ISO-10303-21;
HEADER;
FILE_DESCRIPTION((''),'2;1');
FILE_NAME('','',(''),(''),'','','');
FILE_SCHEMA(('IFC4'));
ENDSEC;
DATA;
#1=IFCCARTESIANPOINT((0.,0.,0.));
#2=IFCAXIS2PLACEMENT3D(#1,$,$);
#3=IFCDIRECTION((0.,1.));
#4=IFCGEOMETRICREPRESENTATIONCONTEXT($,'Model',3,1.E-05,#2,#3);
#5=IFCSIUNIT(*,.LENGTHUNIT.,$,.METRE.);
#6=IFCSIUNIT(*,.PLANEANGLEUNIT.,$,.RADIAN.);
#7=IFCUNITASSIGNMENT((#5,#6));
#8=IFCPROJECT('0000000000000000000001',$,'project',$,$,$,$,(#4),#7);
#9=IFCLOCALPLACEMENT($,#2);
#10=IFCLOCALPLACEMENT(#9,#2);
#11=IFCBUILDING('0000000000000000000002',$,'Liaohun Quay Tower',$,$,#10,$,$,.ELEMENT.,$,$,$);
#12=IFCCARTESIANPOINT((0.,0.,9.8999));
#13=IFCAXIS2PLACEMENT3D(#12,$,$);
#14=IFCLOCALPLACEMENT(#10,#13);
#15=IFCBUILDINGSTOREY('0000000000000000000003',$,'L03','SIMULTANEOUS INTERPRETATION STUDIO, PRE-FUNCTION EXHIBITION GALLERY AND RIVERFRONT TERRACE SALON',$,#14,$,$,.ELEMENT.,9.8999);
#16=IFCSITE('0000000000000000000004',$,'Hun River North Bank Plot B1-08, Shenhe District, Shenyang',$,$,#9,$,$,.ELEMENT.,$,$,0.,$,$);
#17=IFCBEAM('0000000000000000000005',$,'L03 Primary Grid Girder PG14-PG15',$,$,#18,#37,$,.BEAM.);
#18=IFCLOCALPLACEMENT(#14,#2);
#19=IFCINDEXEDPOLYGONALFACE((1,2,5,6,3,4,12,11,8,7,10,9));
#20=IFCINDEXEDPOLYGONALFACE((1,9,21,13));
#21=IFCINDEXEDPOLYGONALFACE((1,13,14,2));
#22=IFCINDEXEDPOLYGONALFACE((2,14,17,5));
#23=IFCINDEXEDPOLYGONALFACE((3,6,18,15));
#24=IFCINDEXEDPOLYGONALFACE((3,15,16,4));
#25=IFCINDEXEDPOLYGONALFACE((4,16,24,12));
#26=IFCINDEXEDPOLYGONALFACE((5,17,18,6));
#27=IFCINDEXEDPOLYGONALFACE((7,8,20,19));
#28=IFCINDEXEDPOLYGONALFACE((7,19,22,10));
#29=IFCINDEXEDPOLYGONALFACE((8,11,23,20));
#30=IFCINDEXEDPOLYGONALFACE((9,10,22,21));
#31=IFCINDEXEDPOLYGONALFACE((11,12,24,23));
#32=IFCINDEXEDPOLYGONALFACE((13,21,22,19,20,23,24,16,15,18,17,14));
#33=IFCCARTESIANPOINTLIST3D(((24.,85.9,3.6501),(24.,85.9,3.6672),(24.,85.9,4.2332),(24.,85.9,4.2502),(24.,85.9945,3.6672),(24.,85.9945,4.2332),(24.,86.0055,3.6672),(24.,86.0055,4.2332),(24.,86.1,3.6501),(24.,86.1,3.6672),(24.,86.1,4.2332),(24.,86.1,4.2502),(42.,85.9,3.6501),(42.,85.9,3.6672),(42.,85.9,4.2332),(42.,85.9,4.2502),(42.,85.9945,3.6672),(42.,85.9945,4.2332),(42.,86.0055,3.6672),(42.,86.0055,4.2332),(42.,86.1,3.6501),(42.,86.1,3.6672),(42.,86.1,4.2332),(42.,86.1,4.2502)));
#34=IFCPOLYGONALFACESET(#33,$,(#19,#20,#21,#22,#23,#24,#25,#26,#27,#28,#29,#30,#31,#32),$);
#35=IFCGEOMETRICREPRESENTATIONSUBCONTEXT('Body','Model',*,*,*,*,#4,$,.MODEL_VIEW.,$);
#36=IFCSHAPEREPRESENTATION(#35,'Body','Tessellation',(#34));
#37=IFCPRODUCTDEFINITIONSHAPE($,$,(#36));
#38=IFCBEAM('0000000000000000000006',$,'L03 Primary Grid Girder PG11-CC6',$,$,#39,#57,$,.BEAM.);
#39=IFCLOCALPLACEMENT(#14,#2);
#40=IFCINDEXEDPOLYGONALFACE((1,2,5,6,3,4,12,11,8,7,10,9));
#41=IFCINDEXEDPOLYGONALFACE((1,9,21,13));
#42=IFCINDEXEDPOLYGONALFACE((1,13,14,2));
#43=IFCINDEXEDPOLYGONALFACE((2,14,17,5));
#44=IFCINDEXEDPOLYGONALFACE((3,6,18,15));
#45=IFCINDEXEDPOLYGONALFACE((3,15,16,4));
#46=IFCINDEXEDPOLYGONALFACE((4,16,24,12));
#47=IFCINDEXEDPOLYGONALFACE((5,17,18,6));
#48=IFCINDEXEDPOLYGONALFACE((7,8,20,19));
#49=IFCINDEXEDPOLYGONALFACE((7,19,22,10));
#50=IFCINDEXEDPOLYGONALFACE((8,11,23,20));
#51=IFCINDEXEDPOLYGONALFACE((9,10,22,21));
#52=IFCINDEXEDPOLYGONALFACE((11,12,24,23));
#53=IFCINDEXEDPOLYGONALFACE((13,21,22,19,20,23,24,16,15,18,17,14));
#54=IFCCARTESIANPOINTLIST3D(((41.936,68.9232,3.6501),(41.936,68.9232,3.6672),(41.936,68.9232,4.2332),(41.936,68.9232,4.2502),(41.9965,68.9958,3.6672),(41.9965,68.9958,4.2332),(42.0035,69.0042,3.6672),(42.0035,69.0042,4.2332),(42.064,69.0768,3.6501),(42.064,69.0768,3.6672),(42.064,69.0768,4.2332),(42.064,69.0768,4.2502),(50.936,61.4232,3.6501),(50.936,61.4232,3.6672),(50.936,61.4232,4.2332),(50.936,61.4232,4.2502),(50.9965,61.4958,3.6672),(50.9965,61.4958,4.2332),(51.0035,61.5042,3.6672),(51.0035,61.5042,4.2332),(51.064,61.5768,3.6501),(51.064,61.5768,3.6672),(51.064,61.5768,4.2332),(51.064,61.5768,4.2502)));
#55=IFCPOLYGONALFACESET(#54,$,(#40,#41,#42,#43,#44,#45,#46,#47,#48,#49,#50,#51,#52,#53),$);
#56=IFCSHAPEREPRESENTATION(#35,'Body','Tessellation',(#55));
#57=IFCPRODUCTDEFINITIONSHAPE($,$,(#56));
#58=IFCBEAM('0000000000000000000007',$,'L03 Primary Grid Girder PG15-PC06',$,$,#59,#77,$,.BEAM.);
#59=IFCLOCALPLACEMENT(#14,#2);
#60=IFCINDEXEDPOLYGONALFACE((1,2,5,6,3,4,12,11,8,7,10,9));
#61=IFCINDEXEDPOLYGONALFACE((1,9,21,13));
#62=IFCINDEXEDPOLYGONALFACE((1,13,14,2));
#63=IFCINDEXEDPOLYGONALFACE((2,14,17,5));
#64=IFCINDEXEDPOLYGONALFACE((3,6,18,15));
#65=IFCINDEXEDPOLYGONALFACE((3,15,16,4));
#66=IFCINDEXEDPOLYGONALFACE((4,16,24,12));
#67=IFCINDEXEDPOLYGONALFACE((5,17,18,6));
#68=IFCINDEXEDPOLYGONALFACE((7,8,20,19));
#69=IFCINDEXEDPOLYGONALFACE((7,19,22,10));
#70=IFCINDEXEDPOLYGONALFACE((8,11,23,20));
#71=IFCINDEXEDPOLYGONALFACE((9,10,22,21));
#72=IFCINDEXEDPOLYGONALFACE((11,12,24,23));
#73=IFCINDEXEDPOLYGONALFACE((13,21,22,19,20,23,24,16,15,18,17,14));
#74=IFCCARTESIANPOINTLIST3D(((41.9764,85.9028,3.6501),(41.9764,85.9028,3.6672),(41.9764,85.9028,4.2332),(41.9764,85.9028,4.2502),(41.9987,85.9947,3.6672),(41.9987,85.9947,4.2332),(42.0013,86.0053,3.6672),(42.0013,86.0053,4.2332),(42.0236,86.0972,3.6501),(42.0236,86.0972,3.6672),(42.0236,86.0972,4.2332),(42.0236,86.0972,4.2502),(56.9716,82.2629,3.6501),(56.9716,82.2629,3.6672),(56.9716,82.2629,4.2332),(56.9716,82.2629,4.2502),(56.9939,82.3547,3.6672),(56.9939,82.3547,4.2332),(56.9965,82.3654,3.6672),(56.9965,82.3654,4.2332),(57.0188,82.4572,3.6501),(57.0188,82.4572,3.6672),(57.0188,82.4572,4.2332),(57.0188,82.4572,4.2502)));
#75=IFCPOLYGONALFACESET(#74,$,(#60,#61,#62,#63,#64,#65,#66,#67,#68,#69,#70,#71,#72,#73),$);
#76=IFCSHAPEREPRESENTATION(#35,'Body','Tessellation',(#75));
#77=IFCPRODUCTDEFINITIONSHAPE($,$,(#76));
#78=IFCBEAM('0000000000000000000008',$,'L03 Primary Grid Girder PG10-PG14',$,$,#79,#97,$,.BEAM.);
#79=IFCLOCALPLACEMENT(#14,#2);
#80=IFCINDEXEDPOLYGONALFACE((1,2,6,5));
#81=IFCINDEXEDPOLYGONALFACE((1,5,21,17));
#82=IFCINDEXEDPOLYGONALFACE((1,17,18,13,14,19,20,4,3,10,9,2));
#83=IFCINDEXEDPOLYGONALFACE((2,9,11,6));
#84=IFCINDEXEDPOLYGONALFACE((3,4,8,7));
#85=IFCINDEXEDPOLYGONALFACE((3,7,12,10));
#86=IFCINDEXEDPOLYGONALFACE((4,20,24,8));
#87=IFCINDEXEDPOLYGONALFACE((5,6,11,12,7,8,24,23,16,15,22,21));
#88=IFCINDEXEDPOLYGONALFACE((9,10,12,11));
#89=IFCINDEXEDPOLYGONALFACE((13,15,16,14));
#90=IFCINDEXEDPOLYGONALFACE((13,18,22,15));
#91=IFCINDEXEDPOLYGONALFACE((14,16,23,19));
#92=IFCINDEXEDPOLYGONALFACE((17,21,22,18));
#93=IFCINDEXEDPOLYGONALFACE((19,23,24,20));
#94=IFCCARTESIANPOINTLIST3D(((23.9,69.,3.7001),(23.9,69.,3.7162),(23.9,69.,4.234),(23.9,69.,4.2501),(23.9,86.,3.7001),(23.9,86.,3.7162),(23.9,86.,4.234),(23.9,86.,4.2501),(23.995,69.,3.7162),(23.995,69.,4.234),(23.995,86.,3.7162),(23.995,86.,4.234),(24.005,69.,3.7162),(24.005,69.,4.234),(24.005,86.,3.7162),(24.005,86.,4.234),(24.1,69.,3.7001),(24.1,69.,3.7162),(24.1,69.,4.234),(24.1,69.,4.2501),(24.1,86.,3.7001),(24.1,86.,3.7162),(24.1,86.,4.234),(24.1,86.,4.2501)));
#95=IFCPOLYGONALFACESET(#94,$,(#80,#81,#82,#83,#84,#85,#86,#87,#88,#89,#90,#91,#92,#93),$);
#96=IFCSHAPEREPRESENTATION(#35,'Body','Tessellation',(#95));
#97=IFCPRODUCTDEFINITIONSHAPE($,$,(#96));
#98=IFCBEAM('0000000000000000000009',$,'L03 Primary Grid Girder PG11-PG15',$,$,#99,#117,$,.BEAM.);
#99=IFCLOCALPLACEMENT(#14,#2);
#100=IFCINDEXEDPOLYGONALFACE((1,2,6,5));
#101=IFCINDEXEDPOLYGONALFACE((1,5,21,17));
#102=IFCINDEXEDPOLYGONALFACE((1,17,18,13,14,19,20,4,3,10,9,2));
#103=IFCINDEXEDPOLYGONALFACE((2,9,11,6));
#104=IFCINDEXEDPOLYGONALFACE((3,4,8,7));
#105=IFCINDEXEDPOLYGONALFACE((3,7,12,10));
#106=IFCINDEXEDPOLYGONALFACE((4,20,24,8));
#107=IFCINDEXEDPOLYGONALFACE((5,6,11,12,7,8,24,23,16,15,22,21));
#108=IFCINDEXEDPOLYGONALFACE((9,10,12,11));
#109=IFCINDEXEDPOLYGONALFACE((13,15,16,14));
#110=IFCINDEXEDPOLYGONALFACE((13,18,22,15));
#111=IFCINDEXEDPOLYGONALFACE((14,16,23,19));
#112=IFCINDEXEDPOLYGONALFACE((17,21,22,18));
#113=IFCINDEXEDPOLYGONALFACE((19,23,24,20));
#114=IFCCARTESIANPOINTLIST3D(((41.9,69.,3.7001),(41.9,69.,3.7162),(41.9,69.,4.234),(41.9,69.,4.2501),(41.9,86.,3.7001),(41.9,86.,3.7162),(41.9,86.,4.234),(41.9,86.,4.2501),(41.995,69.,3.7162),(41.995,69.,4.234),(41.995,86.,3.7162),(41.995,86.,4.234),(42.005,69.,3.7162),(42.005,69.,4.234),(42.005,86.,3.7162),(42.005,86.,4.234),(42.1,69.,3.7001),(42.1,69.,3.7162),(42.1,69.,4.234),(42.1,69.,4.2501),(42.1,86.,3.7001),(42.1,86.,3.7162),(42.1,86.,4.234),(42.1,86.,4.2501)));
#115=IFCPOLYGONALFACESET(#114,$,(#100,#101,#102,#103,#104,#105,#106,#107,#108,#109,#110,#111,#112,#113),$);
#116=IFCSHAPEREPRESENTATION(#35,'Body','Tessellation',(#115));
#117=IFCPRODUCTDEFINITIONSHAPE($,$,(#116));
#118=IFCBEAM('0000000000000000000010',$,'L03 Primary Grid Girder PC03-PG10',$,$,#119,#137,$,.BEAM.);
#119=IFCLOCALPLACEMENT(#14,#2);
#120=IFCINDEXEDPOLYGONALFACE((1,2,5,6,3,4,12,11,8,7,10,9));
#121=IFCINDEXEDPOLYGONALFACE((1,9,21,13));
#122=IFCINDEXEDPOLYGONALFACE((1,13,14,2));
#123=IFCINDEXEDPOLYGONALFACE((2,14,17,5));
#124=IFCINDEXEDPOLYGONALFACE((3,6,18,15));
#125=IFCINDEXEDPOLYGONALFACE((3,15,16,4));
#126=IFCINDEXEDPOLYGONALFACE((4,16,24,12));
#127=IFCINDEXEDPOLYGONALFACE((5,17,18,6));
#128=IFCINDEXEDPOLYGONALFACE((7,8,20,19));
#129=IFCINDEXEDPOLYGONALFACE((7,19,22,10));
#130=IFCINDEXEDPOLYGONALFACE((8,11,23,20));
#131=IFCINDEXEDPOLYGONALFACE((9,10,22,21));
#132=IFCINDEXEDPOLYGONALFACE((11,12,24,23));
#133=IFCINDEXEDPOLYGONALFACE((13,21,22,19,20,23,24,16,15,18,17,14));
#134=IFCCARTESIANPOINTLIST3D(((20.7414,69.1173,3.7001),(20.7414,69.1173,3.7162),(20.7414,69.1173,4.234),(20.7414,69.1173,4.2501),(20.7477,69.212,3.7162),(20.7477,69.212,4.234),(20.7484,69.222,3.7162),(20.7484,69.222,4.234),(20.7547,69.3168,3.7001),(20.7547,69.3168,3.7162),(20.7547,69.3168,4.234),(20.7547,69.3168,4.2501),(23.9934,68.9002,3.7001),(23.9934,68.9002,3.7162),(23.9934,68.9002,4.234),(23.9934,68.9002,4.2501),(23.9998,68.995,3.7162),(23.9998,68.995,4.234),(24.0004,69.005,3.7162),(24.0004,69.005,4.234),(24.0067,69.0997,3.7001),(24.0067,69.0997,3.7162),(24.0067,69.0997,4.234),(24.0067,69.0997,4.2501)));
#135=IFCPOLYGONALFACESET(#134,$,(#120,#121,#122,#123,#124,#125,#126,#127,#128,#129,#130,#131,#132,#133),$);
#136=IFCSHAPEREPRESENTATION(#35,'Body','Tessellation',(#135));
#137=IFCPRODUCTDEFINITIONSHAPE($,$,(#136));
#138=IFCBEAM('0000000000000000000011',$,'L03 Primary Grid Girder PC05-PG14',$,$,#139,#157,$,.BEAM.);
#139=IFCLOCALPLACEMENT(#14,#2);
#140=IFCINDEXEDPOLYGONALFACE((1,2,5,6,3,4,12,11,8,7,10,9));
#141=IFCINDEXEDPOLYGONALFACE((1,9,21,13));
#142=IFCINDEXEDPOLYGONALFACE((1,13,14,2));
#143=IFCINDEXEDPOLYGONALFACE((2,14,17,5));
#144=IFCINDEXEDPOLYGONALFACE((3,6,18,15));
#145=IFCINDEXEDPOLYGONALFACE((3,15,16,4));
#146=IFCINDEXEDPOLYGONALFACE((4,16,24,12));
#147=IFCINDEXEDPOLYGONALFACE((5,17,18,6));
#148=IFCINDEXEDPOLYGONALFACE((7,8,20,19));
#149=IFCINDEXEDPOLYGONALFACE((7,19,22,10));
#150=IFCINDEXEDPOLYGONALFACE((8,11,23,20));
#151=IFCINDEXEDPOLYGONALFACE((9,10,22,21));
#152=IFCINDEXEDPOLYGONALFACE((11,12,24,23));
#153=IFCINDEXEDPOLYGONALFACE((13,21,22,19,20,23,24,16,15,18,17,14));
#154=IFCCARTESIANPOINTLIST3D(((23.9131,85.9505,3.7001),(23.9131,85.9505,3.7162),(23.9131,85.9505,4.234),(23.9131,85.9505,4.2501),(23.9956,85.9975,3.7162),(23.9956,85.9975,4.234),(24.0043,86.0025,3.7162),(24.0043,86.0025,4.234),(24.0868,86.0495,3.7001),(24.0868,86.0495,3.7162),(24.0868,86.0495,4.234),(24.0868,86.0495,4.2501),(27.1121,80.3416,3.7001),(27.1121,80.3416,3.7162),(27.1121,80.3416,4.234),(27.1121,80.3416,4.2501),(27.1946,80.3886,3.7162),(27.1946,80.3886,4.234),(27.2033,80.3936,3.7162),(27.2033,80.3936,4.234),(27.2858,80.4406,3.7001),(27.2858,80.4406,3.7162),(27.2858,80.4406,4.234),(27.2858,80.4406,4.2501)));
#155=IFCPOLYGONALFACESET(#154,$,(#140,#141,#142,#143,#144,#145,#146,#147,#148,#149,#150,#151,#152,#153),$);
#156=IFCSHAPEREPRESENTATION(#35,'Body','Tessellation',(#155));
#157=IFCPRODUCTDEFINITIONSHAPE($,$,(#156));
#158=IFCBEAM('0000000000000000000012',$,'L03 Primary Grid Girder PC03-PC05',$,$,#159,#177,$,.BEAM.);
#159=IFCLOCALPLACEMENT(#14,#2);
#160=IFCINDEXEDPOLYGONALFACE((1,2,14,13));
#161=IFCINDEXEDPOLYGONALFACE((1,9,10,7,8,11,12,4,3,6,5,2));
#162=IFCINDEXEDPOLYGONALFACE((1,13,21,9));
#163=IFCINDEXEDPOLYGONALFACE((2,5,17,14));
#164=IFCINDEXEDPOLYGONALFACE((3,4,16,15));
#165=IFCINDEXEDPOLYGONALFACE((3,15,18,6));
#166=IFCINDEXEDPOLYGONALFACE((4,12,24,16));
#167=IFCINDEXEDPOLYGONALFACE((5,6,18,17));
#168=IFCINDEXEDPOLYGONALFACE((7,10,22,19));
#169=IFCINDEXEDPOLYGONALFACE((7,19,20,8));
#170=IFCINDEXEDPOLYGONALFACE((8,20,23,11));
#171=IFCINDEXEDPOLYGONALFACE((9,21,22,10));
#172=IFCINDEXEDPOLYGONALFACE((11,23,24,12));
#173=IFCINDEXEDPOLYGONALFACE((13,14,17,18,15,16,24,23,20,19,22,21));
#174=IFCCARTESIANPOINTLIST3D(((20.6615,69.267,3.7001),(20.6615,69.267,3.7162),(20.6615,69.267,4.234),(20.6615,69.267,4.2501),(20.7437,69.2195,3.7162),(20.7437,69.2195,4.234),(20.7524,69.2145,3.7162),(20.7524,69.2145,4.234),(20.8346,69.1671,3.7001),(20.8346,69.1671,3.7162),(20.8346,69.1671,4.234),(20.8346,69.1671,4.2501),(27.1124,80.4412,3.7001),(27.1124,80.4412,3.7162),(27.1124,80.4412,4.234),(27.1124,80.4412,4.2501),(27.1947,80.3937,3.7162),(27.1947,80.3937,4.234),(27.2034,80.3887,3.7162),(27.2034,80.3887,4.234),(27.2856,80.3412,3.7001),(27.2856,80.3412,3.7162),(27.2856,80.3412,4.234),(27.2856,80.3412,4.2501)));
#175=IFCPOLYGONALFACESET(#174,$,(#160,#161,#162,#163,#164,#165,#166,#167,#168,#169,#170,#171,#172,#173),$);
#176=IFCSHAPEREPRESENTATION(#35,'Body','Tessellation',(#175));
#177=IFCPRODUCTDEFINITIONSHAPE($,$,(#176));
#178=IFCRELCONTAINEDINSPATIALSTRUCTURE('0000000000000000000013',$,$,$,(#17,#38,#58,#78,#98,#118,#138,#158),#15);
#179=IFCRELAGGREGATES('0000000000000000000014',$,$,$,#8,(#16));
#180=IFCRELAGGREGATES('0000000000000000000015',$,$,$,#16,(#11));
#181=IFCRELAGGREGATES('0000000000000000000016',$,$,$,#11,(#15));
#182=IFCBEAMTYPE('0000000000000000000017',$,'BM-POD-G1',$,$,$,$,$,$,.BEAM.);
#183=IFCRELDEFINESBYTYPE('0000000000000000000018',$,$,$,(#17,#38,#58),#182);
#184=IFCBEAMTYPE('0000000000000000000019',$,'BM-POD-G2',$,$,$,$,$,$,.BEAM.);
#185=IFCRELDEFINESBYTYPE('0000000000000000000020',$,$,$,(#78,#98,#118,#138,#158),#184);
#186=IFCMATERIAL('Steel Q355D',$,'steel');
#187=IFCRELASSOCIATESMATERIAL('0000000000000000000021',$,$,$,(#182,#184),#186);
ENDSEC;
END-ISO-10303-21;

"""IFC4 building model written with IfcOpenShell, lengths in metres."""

from ifc_helpers import new_model, si_unit, direction, frame, origin, origin_2d, place, context, subcontext, project, spatial, i_section, extrude, source, transform, mapped, material, material_profile, profile_set, type_object, element, save


model = new_model("IFC4")

# Units and contexts
model_context = context("Model", 3, precision=1e-05, world=origin(), true_north=direction((0.0, 1.0)))
body_context = subcontext(model_context, "Body", "Model", "MODEL_VIEW")
ifc_project = project(units=[si_unit("LENGTHUNIT", "METRE"), si_unit("PLANEANGLEUNIT", "RADIAN")], contexts=[model_context])

# Site, building, storey
site_placement = place(None, origin())
site = spatial("IfcSite", under=ifc_project, at=site_placement, Name="Hun River North Bank Plot B1-08, Shenhe District, Shenyang", CompositionType="ELEMENT", RefElevation=0.0)
building_placement = place(site_placement, origin())
building = spatial("IfcBuilding", under=site, at=building_placement, Name="Liaohun Quay Tower", CompositionType="ELEMENT")
storey_placement = place(building_placement, frame((0.0, 0.0, 9.8999)))
storey = spatial("IfcBuildingStorey", under=building, at=storey_placement, Name="L03", Description="SIMULTANEOUS INTERPRETATION STUDIO, PRE-FUNCTION EXHIBITION GALLERY AND RIVERFRONT TERRACE SALON", CompositionType="ELEMENT", Elevation=9.8999)

# Beams
ifc_material_1 = material(Name="Steel Q355D", Category="steel")
ifc_material_profile_1 = material_profile(ifc_material_1, i_section(OverallWidth=0.2, OverallDepth=0.6001, WebThickness=0.011, FlangeThickness=0.0171, at=origin_2d()), Name="HN600x200x11x17")
ifc_profile_set_1 = profile_set([ifc_material_profile_1], Name="Steel Q355D")
beam_type_1 = type_object("IfcBeamType", Name="BM-POD-G1", PredefinedType="BEAM", material=ifc_profile_set_1)
shared_shape_1 = source(origin(), body_context, "Body", "SweptSolid", [
    extrude(i_section(OverallWidth=0.2, OverallDepth=0.6001, WebThickness=0.011, FlangeThickness=0.0171, at=origin_2d()), origin(), (0.0, 0.0, 1.0), 18.0),
])
for number, where, z_axis, x_axis, name in (
    (1, (24.0, 86.0, 3.9502), (1.0, 0.0, 0.0), (0.0, 1.0, 0.0), "L03 Primary Grid Girder PG14-PG15"),
):
    element("IfcBeam", number, at=place(storey_placement, frame(where, z_axis=z_axis, x_axis=x_axis)), inside=storey, type_object=beam_type_1, Name=name, PredefinedType="BEAM", context=body_context, shape_type="MappedRepresentation", body=[
        mapped(shared_shape_1, transform((0.0, 0.0, 0.0), x_axis=(1.0, 0.0, 0.0), y_axis=(0.0, 1.0, 0.0), z_axis=(0.0, 0.0, 1.0), scale=1.0)),
    ])
shared_shape_2 = source(origin(), body_context, "Body", "SweptSolid", [
    extrude(i_section(OverallWidth=0.2, OverallDepth=0.6001, WebThickness=0.011, FlangeThickness=0.0171, at=origin_2d()), origin(), (0.0, 0.0, 1.0), 11.7153),
])
beam_1_placement = place(storey_placement, frame((42.0, 69.0, 3.9502), z_axis=(0.768221, -0.640184, 0.0), x_axis=(0.640184, 0.768221, 0.0)))
element("IfcBeam", 2, at=beam_1_placement, inside=storey, type_object=beam_type_1, Name="L03 Primary Grid Girder PG11-CC6", PredefinedType="BEAM", context=body_context, shape_type="MappedRepresentation", body=[
    mapped(shared_shape_2, transform((0.0, 0.0, 0.0), x_axis=(1.0, 0.0, 0.0), y_axis=(0.0, 1.0, 0.0), z_axis=(0.0, 0.0, 1.0), scale=1.0)),
])
shared_shape_3 = source(origin(), body_context, "Body", "SweptSolid", [
    extrude(i_section(OverallWidth=0.2, OverallDepth=0.6001, WebThickness=0.011, FlangeThickness=0.0171, at=origin_2d()), origin(), (0.0, 0.0, 1.0), 15.4307),
])
beam_2_placement = place(storey_placement, frame((42.0, 86.0, 3.9502), z_axis=(0.97178, -0.235888, 0.0), x_axis=(0.235888, 0.97178, 0.0)))
element("IfcBeam", 3, at=beam_2_placement, inside=storey, type_object=beam_type_1, Name="L03 Primary Grid Girder PG15-PC06", PredefinedType="BEAM", context=body_context, shape_type="MappedRepresentation", body=[
    mapped(shared_shape_3, transform((0.0, 0.0, 0.0), x_axis=(1.0, 0.0, 0.0), y_axis=(0.0, 1.0, 0.0), z_axis=(0.0, 0.0, 1.0), scale=1.0)),
])
ifc_material_profile_2 = material_profile(ifc_material_1, i_section(OverallWidth=0.2, OverallDepth=0.55, WebThickness=0.01, FlangeThickness=0.0161, at=origin_2d()), Name="HN550x200x10x16")
ifc_profile_set_2 = profile_set([ifc_material_profile_2], Name="Steel Q355D")
beam_type_2 = type_object("IfcBeamType", Name="BM-POD-G2", PredefinedType="BEAM", material=ifc_profile_set_2)
shared_shape_4 = source(origin(), body_context, "Body", "SweptSolid", [
    extrude(i_section(OverallWidth=0.2, OverallDepth=0.55, WebThickness=0.01, FlangeThickness=0.0161, at=origin_2d()), origin(), (0.0, 0.0, 1.0), 17.0),
])
for number, where, z_axis, x_axis, name in (
    (4, (24.0, 69.0, 3.9751), (0.0, 1.0, 0.0), (-1.0, 0.0, 0.0), "L03 Primary Grid Girder PG10-PG14"),
    (5, (42.0, 69.0, 3.9751), (0.0, 1.0, 0.0), (-1.0, 0.0, 0.0), "L03 Primary Grid Girder PG11-PG15"),
):
    element("IfcBeam", number, at=place(storey_placement, frame(where, z_axis=z_axis, x_axis=x_axis)), inside=storey, type_object=beam_type_2, Name=name, PredefinedType="BEAM", context=body_context, shape_type="MappedRepresentation", body=[
        mapped(shared_shape_4, transform((0.0, 0.0, 0.0), x_axis=(1.0, 0.0, 0.0), y_axis=(0.0, 1.0, 0.0), z_axis=(0.0, 0.0, 1.0), scale=1.0)),
    ])
shared_shape_5 = source(origin(), body_context, "Body", "SweptSolid", [
    extrude(i_section(OverallWidth=0.2, OverallDepth=0.55, WebThickness=0.01, FlangeThickness=0.0161, at=origin_2d()), origin(), (0.0, 0.0, 1.0), 3.2593),
])
beam_3_placement = place(storey_placement, frame((20.748, 69.217, 3.9751), z_axis=(0.99778, -0.066594, 0.0), x_axis=(0.066594, 0.99778, 0.0)))
element("IfcBeam", 6, at=beam_3_placement, inside=storey, type_object=beam_type_2, Name="L03 Primary Grid Girder PC03-PG10", PredefinedType="BEAM", context=body_context, shape_type="MappedRepresentation", body=[
    mapped(shared_shape_5, transform((0.0, 0.0, 0.0), x_axis=(1.0, 0.0, 0.0), y_axis=(0.0, 1.0, 0.0), z_axis=(0.0, 0.0, 1.0), scale=1.0)),
])
shared_shape_6 = source(origin(), body_context, "Body", "SweptSolid", [
    extrude(i_section(OverallWidth=0.2, OverallDepth=0.55, WebThickness=0.01, FlangeThickness=0.0161, at=origin_2d()), origin(), (0.0, 0.0, 1.0), 6.457),
])
beam_4_placement = place(storey_placement, frame((27.199, 80.3911, 3.9751), z_axis=(-0.495426, 0.86865, 0.0), x_axis=(-0.86865, -0.495426, 0.0)))
element("IfcBeam", 7, at=beam_4_placement, inside=storey, type_object=beam_type_2, Name="L03 Primary Grid Girder PC05-PG14", PredefinedType="BEAM", context=body_context, shape_type="MappedRepresentation", body=[
    mapped(shared_shape_6, transform((0.0, 0.0, 0.0), x_axis=(1.0, 0.0, 0.0), y_axis=(0.0, 1.0, 0.0), z_axis=(0.0, 0.0, 1.0), scale=1.0)),
])
shared_shape_7 = source(origin(), body_context, "Body", "SweptSolid", [
    extrude(i_section(OverallWidth=0.2, OverallDepth=0.55, WebThickness=0.01, FlangeThickness=0.0161, at=origin_2d()), origin(), (0.0, 0.0, 1.0), 12.9026),
])
beam_5_placement = place(storey_placement, frame((20.748, 69.217, 3.9751), z_axis=(0.499975, 0.86604, 0.0), x_axis=(-0.86604, 0.499975, 0.0)))
element("IfcBeam", 8, at=beam_5_placement, inside=storey, type_object=beam_type_2, Name="L03 Primary Grid Girder PC03-PC05", PredefinedType="BEAM", context=body_context, shape_type="MappedRepresentation", body=[
    mapped(shared_shape_7, transform((0.0, 0.0, 0.0), x_axis=(1.0, 0.0, 0.0), y_axis=(0.0, 1.0, 0.0), z_axis=(0.0, 0.0, 1.0), scale=1.0)),
])

save(model, "model.ifc")
